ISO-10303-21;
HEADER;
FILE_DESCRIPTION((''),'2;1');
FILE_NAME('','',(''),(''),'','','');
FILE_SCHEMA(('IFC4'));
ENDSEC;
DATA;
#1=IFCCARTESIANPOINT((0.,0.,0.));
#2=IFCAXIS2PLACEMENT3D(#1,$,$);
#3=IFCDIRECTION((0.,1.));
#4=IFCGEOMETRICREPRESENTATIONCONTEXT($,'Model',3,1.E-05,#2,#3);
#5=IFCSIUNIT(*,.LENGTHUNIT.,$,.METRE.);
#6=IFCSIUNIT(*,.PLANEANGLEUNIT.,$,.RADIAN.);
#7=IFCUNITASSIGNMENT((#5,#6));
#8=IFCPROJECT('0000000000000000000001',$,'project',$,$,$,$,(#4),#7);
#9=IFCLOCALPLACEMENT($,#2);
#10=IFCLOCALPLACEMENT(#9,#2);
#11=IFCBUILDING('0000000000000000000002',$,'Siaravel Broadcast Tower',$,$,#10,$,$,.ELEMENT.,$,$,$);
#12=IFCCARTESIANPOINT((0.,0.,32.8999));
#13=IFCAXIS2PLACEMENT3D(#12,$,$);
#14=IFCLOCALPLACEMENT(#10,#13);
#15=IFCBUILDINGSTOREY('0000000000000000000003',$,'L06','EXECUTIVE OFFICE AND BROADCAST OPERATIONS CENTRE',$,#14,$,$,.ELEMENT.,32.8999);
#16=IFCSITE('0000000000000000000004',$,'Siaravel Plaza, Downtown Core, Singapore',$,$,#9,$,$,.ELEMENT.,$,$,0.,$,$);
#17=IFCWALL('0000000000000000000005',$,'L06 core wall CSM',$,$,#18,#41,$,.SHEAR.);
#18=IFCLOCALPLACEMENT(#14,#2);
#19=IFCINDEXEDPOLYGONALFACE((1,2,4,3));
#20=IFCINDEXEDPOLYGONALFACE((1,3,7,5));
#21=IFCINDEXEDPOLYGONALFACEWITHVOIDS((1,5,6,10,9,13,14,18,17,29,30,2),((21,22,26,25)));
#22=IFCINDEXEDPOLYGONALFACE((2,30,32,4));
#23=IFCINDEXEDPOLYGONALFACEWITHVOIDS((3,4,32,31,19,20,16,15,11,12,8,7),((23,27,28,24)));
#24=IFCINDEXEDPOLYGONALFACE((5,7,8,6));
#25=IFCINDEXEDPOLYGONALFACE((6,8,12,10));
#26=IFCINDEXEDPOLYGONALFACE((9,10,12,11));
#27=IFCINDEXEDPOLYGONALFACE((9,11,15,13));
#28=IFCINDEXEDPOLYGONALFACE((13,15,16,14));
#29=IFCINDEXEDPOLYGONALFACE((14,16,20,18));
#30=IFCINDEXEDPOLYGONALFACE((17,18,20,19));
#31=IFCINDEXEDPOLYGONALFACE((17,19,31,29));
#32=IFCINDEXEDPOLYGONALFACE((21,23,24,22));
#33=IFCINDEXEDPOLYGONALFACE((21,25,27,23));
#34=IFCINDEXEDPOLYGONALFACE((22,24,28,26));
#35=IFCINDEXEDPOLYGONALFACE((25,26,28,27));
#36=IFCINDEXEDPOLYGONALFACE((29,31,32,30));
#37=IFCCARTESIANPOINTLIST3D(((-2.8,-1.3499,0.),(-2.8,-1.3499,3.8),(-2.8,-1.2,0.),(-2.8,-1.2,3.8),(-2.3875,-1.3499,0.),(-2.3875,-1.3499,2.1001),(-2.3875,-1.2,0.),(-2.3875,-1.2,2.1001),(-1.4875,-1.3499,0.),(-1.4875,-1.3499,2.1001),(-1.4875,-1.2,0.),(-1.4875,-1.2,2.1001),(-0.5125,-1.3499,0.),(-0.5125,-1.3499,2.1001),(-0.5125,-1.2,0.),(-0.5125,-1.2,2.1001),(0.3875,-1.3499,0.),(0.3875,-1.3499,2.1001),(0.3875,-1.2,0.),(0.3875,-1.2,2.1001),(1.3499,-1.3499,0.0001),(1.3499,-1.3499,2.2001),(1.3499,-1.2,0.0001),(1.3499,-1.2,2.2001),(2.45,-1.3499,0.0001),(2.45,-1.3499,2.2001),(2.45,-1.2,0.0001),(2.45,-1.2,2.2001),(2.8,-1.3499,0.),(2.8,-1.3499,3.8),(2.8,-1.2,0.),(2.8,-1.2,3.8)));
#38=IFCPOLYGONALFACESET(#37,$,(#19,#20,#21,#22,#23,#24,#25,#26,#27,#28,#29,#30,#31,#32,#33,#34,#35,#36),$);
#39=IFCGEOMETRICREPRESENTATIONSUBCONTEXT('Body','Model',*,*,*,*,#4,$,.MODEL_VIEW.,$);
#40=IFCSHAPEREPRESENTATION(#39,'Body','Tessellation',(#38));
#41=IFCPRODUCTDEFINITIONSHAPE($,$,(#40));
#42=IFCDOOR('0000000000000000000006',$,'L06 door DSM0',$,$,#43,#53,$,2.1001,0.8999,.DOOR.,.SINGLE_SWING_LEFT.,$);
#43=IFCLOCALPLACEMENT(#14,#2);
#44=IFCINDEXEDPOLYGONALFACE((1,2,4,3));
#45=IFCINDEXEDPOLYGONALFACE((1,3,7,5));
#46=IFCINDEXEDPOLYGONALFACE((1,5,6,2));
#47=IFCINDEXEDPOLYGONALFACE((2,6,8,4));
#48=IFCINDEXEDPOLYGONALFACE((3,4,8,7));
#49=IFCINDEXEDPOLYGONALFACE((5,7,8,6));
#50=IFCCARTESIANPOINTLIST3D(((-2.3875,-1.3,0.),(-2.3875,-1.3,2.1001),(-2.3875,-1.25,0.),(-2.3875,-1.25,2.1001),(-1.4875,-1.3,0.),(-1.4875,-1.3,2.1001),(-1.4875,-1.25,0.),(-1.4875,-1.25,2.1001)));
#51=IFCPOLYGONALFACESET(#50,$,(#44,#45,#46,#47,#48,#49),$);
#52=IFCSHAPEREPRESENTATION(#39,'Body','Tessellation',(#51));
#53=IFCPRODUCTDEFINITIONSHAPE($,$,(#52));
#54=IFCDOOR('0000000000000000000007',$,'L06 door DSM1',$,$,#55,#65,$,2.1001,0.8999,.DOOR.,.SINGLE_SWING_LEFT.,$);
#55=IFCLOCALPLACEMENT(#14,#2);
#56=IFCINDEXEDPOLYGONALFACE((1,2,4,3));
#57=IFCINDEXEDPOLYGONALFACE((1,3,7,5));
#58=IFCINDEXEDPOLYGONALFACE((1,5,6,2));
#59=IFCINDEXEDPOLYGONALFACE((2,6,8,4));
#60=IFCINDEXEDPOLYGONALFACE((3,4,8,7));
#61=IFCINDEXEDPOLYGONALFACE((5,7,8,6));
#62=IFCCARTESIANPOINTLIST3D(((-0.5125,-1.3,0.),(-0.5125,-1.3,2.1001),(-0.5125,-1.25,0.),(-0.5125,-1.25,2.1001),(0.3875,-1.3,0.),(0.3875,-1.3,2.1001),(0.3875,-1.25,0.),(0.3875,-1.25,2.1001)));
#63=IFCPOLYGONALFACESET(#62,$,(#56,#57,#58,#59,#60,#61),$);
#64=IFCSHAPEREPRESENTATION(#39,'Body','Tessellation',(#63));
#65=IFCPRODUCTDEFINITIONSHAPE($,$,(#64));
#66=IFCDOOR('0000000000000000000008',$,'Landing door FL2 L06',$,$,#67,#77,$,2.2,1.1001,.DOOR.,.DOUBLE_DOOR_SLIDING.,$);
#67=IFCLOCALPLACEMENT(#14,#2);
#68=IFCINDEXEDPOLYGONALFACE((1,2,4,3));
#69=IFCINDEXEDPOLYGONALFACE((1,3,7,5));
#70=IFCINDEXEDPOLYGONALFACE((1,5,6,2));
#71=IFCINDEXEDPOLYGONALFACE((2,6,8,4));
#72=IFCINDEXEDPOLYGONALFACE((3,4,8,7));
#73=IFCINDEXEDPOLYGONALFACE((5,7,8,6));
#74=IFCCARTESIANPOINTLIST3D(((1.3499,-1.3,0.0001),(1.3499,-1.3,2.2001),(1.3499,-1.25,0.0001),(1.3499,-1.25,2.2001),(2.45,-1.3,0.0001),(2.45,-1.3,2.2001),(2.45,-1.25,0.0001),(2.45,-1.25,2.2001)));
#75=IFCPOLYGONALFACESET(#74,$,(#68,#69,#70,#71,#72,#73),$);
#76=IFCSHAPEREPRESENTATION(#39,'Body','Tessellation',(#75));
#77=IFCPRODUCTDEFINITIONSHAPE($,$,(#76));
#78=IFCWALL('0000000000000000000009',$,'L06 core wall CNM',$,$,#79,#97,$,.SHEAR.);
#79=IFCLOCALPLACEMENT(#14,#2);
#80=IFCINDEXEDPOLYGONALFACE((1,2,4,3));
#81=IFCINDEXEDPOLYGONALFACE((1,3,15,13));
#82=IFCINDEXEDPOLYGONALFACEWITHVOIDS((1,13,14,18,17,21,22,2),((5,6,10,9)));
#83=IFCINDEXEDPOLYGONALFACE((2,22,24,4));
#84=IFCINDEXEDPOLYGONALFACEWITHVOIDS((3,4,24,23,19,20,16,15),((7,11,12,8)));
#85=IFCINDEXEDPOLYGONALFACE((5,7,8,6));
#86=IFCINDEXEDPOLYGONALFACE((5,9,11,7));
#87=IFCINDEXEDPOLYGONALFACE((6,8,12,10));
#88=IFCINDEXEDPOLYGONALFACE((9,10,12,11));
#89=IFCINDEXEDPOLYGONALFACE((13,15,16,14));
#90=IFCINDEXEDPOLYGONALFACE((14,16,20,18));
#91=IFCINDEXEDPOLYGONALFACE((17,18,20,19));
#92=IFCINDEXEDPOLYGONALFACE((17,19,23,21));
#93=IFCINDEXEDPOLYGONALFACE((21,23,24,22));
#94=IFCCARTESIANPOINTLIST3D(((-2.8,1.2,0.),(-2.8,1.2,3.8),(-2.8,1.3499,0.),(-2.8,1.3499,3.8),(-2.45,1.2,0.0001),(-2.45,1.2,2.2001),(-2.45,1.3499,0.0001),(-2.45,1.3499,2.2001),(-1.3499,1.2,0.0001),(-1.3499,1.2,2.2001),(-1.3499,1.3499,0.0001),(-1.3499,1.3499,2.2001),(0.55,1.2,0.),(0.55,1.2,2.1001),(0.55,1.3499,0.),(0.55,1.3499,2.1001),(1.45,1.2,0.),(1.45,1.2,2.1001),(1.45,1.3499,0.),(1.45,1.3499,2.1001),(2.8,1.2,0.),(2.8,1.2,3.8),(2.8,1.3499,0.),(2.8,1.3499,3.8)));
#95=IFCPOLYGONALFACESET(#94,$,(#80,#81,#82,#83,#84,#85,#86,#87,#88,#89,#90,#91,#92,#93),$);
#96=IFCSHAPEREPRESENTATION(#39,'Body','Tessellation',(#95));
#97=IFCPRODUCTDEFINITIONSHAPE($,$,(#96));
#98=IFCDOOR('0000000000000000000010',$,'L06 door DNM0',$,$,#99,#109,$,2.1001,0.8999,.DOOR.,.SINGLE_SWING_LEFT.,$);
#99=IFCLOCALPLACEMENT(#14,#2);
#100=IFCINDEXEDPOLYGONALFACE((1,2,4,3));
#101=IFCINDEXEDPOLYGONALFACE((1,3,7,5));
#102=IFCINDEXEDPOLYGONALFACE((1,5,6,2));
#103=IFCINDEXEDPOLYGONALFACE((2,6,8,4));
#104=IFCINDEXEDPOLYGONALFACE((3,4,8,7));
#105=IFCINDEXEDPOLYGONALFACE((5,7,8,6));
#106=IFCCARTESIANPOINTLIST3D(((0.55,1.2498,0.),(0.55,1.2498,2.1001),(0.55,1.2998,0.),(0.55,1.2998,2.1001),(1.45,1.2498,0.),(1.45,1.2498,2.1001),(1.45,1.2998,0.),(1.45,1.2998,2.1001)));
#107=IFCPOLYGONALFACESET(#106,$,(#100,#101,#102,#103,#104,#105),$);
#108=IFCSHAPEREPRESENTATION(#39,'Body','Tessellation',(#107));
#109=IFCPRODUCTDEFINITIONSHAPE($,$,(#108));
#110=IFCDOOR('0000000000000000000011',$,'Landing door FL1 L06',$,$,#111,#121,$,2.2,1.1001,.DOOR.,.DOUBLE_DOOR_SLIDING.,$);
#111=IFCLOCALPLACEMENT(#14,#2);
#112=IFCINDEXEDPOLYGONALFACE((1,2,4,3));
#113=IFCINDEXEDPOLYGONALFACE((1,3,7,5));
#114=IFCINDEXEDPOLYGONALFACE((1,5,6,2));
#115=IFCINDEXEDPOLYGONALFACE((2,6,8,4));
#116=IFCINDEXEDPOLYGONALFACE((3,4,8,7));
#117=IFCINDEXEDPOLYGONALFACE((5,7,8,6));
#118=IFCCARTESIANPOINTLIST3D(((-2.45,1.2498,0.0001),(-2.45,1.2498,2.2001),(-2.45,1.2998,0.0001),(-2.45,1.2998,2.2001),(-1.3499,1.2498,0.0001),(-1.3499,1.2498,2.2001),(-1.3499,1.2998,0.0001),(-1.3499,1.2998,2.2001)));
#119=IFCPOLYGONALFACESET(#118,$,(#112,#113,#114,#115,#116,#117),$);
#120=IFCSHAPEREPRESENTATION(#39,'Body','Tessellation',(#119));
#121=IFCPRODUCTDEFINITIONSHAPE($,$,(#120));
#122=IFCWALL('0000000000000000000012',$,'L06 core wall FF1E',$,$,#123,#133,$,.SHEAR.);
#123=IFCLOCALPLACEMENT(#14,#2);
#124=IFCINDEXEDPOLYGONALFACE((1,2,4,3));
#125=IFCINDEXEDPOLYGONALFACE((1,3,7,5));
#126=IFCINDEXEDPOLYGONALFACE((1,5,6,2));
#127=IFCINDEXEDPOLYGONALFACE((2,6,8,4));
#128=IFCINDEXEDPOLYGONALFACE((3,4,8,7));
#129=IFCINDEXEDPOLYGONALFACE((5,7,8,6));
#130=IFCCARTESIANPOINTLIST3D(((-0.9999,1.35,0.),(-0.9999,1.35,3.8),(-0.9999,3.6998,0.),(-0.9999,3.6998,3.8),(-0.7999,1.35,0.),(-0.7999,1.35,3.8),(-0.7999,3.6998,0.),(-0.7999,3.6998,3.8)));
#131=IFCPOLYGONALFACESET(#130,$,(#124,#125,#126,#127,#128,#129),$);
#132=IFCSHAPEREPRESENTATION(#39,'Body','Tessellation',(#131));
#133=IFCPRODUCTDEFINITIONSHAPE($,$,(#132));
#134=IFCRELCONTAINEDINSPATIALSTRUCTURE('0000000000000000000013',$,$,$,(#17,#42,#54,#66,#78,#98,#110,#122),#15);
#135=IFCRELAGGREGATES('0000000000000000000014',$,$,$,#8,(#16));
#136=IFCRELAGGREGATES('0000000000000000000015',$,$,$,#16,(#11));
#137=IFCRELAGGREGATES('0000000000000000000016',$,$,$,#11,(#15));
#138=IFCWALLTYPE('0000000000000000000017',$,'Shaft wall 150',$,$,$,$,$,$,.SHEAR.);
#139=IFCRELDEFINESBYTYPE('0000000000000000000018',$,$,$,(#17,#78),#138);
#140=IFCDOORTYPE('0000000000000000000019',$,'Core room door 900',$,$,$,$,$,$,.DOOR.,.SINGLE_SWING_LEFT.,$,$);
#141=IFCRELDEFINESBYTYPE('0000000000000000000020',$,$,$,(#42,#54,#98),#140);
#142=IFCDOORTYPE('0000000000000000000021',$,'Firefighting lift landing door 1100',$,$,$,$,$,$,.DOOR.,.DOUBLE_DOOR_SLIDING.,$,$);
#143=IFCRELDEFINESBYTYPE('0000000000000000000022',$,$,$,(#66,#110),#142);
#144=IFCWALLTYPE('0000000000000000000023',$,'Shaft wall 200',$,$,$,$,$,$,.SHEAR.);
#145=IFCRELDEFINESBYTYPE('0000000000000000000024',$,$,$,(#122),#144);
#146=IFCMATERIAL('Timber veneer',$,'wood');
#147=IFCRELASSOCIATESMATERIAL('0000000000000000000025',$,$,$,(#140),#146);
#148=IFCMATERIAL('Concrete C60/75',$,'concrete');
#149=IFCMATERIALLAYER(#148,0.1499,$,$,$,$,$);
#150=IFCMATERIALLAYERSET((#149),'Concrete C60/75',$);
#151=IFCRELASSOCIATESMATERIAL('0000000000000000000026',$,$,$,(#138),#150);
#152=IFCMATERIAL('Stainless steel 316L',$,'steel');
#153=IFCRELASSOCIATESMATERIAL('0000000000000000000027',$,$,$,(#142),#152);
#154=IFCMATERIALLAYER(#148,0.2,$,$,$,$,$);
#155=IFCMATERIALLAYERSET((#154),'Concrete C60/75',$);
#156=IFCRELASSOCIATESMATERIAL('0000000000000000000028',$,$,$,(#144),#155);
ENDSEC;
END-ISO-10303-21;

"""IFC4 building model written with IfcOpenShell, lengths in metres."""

from ifc_helpers import new_model, si_unit, direction, frame, frame_2d, origin, place, context, subcontext, project, spatial, rectangle, extrude, material, layer, layer_set, type_object, element, fill, save


model = new_model("IFC4")

# Units and contexts
model_context = context("Model", 3, precision=1e-05, world=origin(), true_north=direction((0.0, 1.0)))
body_context = subcontext(model_context, "Body", "Model", "MODEL_VIEW")
ifc_project = project(units=[si_unit("LENGTHUNIT", "METRE"), si_unit("PLANEANGLEUNIT", "RADIAN")], contexts=[model_context])

# Site, building, storey
site_placement = place(None, origin())
site = spatial("IfcSite", under=ifc_project, at=site_placement, Name="Siaravel Plaza, Downtown Core, Singapore", CompositionType="ELEMENT", RefElevation=0.0)
building_placement = place(site_placement, origin())
building = spatial("IfcBuilding", under=site, at=building_placement, Name="Siaravel Broadcast Tower", CompositionType="ELEMENT")
storey_placement = place(building_placement, frame((0.0, 0.0, 32.8999)))
storey = spatial("IfcBuildingStorey", under=building, at=storey_placement, Name="L06", Description="EXECUTIVE OFFICE AND BROADCAST OPERATIONS CENTRE", CompositionType="ELEMENT", Elevation=32.8999)

# Walls, openings, doors
ifc_material_1 = material(Name="Timber veneer", Category="wood")
door_type_1 = type_object("IfcDoorType", Name="Core room door 900", OperationType="SINGLE_SWING_LEFT", PredefinedType="DOOR", material=ifc_material_1)
ifc_material_2 = material(Name="Concrete C60/75", Category="concrete")
ifc_layer_1 = layer(ifc_material_2, 0.1499)
ifc_layer_set_1 = layer_set([ifc_layer_1], Name="Concrete C60/75")
wall_type_1 = type_object("IfcWallType", Name="Shaft wall 150", PredefinedType="SHEAR", material=ifc_layer_set_1)
wall_1_placement = place(storey_placement, frame((-2.8, -1.2749, 0.0), z_axis=(0.0, 0.0, 1.0), x_axis=(1.0, 0.0, 0.0)))
wall_1 = element("IfcWall", 1, at=wall_1_placement, inside=storey, type_object=wall_type_1, Name="L06 core wall CSM", PredefinedType="SHEAR", context=body_context, shape_type="SweptSolid", body=[
    extrude(rectangle(XDim=5.6001, YDim=0.1499, at=frame_2d((2.8, 0.0))), origin(), (0.0, 0.0, 1.0), 3.8),
])
opening_1_placement = place(wall_1_placement, frame((4.1499, 0.0, 0.0)))
opening_1 = element("IfcOpeningElement", 2, at=opening_1_placement, cuts=wall_1, PredefinedType="OPENING", context=body_context, shape_type="SweptSolid", body=[
    extrude(rectangle(XDim=1.1001, YDim=2.2, at=frame_2d((0.55, 1.1001))), frame((0.0, 0.085, 0.0), z_axis=(0.0, -1.0, 0.0), x_axis=(1.0, 0.0, 0.0)), (0.0, 0.0, 1.0), 0.1699),
])
opening_2_placement = place(wall_1_placement, frame((0.4126, 0.0, 0.0)))
opening_2 = element("IfcOpeningElement", 3, at=opening_2_placement, cuts=wall_1, PredefinedType="OPENING", context=body_context, shape_type="SweptSolid", body=[
    extrude(rectangle(XDim=0.8999, YDim=2.1001, at=frame_2d((0.45, 1.05))), frame((0.0, 0.085, 0.0), z_axis=(0.0, -1.0, 0.0), x_axis=(1.0, 0.0, 0.0)), (0.0, 0.0, 1.0), 0.1699),
])
opening_3_placement = place(wall_1_placement, frame((2.2876, 0.0, 0.0)))
opening_3 = element("IfcOpeningElement", 4, at=opening_3_placement, cuts=wall_1, PredefinedType="OPENING", context=body_context, shape_type="SweptSolid", body=[
    extrude(rectangle(XDim=0.8999, YDim=2.1001, at=frame_2d((0.45, 1.05))), frame((0.0, 0.085, 0.0), z_axis=(0.0, -1.0, 0.0), x_axis=(1.0, 0.0, 0.0)), (0.0, 0.0, 1.0), 0.1699),
])
door_1_placement = place(opening_2_placement, origin())
door_1 = element("IfcDoor", 5, at=door_1_placement, inside=storey, type_object=door_type_1, Name="L06 door DSM0", OperationType="SINGLE_SWING_LEFT", OverallHeight=2.1001, OverallWidth=0.8999, PredefinedType="DOOR", context=body_context, shape_type="SweptSolid", body=[
    extrude(rectangle(XDim=0.8999, YDim=2.1001, at=frame_2d((0.45, 1.05))), frame((0.0, 0.0249, 0.0), z_axis=(0.0, -1.0, 0.0), x_axis=(1.0, 0.0, 0.0)), (0.0, 0.0, 1.0), 0.05),
])
fill(opening_2, door_1)
door_2_placement = place(opening_3_placement, origin())
door_2 = element("IfcDoor", 6, at=door_2_placement, inside=storey, type_object=door_type_1, Name="L06 door DSM1", OperationType="SINGLE_SWING_LEFT", OverallHeight=2.1001, OverallWidth=0.8999, PredefinedType="DOOR", context=body_context, shape_type="SweptSolid", body=[
    extrude(rectangle(XDim=0.8999, YDim=2.1001, at=frame_2d((0.45, 1.05))), frame((0.0, 0.0249, 0.0), z_axis=(0.0, -1.0, 0.0), x_axis=(1.0, 0.0, 0.0)), (0.0, 0.0, 1.0), 0.05),
])
fill(opening_3, door_2)
ifc_material_3 = material(Name="Stainless steel 316L", Category="steel")
door_type_2 = type_object("IfcDoorType", Name="Firefighting lift landing door 1100", OperationType="DOUBLE_DOOR_SLIDING", PredefinedType="DOOR", material=ifc_material_3)
door_3_placement = place(opening_1_placement, origin())
door_3 = element("IfcDoor", 7, at=door_3_placement, inside=storey, type_object=door_type_2, Name="Landing door FL2 L06", OperationType="DOUBLE_DOOR_SLIDING", OverallHeight=2.2, OverallWidth=1.1001, PredefinedType="DOOR", context=body_context, shape_type="SweptSolid", body=[
    extrude(rectangle(XDim=1.1001, YDim=2.2, at=frame_2d((0.55, 1.1001))), frame((0.0, 0.0249, 0.0), z_axis=(0.0, -1.0, 0.0), x_axis=(1.0, 0.0, 0.0)), (0.0, 0.0, 1.0), 0.05),
])
fill(opening_1, door_3)
wall_2_placement = place(storey_placement, frame((-2.8, 1.2749, 0.0), z_axis=(0.0, 0.0, 1.0), x_axis=(1.0, 0.0, 0.0)))
wall_2 = element("IfcWall", 8, at=wall_2_placement, inside=storey, type_object=wall_type_1, Name="L06 core wall CNM", PredefinedType="SHEAR", context=body_context, shape_type="SweptSolid", body=[
    extrude(rectangle(XDim=5.6001, YDim=0.1499, at=frame_2d((2.8, 0.0))), origin(), (0.0, 0.0, 1.0), 3.8),
])
opening_4_placement = place(wall_2_placement, frame((0.3501, 0.0, 0.0)))
opening_4 = element("IfcOpeningElement", 9, at=opening_4_placement, cuts=wall_2, PredefinedType="OPENING", context=body_context, shape_type="SweptSolid", body=[
    extrude(rectangle(XDim=1.1001, YDim=2.2, at=frame_2d((0.55, 1.1001))), frame((0.0, 0.085, 0.0), z_axis=(0.0, -1.0, 0.0), x_axis=(1.0, 0.0, 0.0)), (0.0, 0.0, 1.0), 0.1699),
])
opening_5_placement = place(wall_2_placement, frame((3.3501, 0.0, 0.0)))
opening_5 = element("IfcOpeningElement", 10, at=opening_5_placement, cuts=wall_2, PredefinedType="OPENING", context=body_context, shape_type="SweptSolid", body=[
    extrude(rectangle(XDim=0.8999, YDim=2.1001, at=frame_2d((0.45, 1.05))), frame((0.0, 0.085, 0.0), z_axis=(0.0, -1.0, 0.0), x_axis=(1.0, 0.0, 0.0)), (0.0, 0.0, 1.0), 0.1699),
])
door_4_placement = place(opening_5_placement, origin())
door_4 = element("IfcDoor", 11, at=door_4_placement, inside=storey, type_object=door_type_1, Name="L06 door DNM0", OperationType="SINGLE_SWING_LEFT", OverallHeight=2.1001, OverallWidth=0.8999, PredefinedType="DOOR", context=body_context, shape_type="SweptSolid", body=[
    extrude(rectangle(XDim=0.8999, YDim=2.1001, at=frame_2d((0.45, 1.05))), frame((0.0, 0.0249, 0.0), z_axis=(0.0, -1.0, 0.0), x_axis=(1.0, 0.0, 0.0)), (0.0, 0.0, 1.0), 0.05),
])
fill(opening_5, door_4)
door_5_placement = place(opening_4_placement, origin())
door_5 = element("IfcDoor", 12, at=door_5_placement, inside=storey, type_object=door_type_2, Name="Landing door FL1 L06", OperationType="DOUBLE_DOOR_SLIDING", OverallHeight=2.2, OverallWidth=1.1001, PredefinedType="DOOR", context=body_context, shape_type="SweptSolid", body=[
    extrude(rectangle(XDim=1.1001, YDim=2.2, at=frame_2d((0.55, 1.1001))), frame((0.0, 0.0249, 0.0), z_axis=(0.0, -1.0, 0.0), x_axis=(1.0, 0.0, 0.0)), (0.0, 0.0, 1.0), 0.05),
])
fill(opening_4, door_5)

# Wall
ifc_layer_2 = layer(ifc_material_2, 0.2)
ifc_layer_set_2 = layer_set([ifc_layer_2], Name="Concrete C60/75")
wall_type_2 = type_object("IfcWallType", Name="Shaft wall 200", PredefinedType="SHEAR", material=ifc_layer_set_2)
wall_3_placement = place(storey_placement, frame((-0.8999, 1.3501, 0.0), z_axis=(0.0, 0.0, 1.0), x_axis=(0.0, 1.0, 0.0)))
element("IfcWall", 13, at=wall_3_placement, inside=storey, type_object=wall_type_2, Name="L06 core wall FF1E", PredefinedType="SHEAR", context=body_context, shape_type="SweptSolid", body=[
    extrude(rectangle(XDim=2.3499, YDim=0.2, at=frame_2d((1.1748, 0.0))), origin(), (0.0, 0.0, 1.0), 3.8),
])

save(model, "model.ifc")
